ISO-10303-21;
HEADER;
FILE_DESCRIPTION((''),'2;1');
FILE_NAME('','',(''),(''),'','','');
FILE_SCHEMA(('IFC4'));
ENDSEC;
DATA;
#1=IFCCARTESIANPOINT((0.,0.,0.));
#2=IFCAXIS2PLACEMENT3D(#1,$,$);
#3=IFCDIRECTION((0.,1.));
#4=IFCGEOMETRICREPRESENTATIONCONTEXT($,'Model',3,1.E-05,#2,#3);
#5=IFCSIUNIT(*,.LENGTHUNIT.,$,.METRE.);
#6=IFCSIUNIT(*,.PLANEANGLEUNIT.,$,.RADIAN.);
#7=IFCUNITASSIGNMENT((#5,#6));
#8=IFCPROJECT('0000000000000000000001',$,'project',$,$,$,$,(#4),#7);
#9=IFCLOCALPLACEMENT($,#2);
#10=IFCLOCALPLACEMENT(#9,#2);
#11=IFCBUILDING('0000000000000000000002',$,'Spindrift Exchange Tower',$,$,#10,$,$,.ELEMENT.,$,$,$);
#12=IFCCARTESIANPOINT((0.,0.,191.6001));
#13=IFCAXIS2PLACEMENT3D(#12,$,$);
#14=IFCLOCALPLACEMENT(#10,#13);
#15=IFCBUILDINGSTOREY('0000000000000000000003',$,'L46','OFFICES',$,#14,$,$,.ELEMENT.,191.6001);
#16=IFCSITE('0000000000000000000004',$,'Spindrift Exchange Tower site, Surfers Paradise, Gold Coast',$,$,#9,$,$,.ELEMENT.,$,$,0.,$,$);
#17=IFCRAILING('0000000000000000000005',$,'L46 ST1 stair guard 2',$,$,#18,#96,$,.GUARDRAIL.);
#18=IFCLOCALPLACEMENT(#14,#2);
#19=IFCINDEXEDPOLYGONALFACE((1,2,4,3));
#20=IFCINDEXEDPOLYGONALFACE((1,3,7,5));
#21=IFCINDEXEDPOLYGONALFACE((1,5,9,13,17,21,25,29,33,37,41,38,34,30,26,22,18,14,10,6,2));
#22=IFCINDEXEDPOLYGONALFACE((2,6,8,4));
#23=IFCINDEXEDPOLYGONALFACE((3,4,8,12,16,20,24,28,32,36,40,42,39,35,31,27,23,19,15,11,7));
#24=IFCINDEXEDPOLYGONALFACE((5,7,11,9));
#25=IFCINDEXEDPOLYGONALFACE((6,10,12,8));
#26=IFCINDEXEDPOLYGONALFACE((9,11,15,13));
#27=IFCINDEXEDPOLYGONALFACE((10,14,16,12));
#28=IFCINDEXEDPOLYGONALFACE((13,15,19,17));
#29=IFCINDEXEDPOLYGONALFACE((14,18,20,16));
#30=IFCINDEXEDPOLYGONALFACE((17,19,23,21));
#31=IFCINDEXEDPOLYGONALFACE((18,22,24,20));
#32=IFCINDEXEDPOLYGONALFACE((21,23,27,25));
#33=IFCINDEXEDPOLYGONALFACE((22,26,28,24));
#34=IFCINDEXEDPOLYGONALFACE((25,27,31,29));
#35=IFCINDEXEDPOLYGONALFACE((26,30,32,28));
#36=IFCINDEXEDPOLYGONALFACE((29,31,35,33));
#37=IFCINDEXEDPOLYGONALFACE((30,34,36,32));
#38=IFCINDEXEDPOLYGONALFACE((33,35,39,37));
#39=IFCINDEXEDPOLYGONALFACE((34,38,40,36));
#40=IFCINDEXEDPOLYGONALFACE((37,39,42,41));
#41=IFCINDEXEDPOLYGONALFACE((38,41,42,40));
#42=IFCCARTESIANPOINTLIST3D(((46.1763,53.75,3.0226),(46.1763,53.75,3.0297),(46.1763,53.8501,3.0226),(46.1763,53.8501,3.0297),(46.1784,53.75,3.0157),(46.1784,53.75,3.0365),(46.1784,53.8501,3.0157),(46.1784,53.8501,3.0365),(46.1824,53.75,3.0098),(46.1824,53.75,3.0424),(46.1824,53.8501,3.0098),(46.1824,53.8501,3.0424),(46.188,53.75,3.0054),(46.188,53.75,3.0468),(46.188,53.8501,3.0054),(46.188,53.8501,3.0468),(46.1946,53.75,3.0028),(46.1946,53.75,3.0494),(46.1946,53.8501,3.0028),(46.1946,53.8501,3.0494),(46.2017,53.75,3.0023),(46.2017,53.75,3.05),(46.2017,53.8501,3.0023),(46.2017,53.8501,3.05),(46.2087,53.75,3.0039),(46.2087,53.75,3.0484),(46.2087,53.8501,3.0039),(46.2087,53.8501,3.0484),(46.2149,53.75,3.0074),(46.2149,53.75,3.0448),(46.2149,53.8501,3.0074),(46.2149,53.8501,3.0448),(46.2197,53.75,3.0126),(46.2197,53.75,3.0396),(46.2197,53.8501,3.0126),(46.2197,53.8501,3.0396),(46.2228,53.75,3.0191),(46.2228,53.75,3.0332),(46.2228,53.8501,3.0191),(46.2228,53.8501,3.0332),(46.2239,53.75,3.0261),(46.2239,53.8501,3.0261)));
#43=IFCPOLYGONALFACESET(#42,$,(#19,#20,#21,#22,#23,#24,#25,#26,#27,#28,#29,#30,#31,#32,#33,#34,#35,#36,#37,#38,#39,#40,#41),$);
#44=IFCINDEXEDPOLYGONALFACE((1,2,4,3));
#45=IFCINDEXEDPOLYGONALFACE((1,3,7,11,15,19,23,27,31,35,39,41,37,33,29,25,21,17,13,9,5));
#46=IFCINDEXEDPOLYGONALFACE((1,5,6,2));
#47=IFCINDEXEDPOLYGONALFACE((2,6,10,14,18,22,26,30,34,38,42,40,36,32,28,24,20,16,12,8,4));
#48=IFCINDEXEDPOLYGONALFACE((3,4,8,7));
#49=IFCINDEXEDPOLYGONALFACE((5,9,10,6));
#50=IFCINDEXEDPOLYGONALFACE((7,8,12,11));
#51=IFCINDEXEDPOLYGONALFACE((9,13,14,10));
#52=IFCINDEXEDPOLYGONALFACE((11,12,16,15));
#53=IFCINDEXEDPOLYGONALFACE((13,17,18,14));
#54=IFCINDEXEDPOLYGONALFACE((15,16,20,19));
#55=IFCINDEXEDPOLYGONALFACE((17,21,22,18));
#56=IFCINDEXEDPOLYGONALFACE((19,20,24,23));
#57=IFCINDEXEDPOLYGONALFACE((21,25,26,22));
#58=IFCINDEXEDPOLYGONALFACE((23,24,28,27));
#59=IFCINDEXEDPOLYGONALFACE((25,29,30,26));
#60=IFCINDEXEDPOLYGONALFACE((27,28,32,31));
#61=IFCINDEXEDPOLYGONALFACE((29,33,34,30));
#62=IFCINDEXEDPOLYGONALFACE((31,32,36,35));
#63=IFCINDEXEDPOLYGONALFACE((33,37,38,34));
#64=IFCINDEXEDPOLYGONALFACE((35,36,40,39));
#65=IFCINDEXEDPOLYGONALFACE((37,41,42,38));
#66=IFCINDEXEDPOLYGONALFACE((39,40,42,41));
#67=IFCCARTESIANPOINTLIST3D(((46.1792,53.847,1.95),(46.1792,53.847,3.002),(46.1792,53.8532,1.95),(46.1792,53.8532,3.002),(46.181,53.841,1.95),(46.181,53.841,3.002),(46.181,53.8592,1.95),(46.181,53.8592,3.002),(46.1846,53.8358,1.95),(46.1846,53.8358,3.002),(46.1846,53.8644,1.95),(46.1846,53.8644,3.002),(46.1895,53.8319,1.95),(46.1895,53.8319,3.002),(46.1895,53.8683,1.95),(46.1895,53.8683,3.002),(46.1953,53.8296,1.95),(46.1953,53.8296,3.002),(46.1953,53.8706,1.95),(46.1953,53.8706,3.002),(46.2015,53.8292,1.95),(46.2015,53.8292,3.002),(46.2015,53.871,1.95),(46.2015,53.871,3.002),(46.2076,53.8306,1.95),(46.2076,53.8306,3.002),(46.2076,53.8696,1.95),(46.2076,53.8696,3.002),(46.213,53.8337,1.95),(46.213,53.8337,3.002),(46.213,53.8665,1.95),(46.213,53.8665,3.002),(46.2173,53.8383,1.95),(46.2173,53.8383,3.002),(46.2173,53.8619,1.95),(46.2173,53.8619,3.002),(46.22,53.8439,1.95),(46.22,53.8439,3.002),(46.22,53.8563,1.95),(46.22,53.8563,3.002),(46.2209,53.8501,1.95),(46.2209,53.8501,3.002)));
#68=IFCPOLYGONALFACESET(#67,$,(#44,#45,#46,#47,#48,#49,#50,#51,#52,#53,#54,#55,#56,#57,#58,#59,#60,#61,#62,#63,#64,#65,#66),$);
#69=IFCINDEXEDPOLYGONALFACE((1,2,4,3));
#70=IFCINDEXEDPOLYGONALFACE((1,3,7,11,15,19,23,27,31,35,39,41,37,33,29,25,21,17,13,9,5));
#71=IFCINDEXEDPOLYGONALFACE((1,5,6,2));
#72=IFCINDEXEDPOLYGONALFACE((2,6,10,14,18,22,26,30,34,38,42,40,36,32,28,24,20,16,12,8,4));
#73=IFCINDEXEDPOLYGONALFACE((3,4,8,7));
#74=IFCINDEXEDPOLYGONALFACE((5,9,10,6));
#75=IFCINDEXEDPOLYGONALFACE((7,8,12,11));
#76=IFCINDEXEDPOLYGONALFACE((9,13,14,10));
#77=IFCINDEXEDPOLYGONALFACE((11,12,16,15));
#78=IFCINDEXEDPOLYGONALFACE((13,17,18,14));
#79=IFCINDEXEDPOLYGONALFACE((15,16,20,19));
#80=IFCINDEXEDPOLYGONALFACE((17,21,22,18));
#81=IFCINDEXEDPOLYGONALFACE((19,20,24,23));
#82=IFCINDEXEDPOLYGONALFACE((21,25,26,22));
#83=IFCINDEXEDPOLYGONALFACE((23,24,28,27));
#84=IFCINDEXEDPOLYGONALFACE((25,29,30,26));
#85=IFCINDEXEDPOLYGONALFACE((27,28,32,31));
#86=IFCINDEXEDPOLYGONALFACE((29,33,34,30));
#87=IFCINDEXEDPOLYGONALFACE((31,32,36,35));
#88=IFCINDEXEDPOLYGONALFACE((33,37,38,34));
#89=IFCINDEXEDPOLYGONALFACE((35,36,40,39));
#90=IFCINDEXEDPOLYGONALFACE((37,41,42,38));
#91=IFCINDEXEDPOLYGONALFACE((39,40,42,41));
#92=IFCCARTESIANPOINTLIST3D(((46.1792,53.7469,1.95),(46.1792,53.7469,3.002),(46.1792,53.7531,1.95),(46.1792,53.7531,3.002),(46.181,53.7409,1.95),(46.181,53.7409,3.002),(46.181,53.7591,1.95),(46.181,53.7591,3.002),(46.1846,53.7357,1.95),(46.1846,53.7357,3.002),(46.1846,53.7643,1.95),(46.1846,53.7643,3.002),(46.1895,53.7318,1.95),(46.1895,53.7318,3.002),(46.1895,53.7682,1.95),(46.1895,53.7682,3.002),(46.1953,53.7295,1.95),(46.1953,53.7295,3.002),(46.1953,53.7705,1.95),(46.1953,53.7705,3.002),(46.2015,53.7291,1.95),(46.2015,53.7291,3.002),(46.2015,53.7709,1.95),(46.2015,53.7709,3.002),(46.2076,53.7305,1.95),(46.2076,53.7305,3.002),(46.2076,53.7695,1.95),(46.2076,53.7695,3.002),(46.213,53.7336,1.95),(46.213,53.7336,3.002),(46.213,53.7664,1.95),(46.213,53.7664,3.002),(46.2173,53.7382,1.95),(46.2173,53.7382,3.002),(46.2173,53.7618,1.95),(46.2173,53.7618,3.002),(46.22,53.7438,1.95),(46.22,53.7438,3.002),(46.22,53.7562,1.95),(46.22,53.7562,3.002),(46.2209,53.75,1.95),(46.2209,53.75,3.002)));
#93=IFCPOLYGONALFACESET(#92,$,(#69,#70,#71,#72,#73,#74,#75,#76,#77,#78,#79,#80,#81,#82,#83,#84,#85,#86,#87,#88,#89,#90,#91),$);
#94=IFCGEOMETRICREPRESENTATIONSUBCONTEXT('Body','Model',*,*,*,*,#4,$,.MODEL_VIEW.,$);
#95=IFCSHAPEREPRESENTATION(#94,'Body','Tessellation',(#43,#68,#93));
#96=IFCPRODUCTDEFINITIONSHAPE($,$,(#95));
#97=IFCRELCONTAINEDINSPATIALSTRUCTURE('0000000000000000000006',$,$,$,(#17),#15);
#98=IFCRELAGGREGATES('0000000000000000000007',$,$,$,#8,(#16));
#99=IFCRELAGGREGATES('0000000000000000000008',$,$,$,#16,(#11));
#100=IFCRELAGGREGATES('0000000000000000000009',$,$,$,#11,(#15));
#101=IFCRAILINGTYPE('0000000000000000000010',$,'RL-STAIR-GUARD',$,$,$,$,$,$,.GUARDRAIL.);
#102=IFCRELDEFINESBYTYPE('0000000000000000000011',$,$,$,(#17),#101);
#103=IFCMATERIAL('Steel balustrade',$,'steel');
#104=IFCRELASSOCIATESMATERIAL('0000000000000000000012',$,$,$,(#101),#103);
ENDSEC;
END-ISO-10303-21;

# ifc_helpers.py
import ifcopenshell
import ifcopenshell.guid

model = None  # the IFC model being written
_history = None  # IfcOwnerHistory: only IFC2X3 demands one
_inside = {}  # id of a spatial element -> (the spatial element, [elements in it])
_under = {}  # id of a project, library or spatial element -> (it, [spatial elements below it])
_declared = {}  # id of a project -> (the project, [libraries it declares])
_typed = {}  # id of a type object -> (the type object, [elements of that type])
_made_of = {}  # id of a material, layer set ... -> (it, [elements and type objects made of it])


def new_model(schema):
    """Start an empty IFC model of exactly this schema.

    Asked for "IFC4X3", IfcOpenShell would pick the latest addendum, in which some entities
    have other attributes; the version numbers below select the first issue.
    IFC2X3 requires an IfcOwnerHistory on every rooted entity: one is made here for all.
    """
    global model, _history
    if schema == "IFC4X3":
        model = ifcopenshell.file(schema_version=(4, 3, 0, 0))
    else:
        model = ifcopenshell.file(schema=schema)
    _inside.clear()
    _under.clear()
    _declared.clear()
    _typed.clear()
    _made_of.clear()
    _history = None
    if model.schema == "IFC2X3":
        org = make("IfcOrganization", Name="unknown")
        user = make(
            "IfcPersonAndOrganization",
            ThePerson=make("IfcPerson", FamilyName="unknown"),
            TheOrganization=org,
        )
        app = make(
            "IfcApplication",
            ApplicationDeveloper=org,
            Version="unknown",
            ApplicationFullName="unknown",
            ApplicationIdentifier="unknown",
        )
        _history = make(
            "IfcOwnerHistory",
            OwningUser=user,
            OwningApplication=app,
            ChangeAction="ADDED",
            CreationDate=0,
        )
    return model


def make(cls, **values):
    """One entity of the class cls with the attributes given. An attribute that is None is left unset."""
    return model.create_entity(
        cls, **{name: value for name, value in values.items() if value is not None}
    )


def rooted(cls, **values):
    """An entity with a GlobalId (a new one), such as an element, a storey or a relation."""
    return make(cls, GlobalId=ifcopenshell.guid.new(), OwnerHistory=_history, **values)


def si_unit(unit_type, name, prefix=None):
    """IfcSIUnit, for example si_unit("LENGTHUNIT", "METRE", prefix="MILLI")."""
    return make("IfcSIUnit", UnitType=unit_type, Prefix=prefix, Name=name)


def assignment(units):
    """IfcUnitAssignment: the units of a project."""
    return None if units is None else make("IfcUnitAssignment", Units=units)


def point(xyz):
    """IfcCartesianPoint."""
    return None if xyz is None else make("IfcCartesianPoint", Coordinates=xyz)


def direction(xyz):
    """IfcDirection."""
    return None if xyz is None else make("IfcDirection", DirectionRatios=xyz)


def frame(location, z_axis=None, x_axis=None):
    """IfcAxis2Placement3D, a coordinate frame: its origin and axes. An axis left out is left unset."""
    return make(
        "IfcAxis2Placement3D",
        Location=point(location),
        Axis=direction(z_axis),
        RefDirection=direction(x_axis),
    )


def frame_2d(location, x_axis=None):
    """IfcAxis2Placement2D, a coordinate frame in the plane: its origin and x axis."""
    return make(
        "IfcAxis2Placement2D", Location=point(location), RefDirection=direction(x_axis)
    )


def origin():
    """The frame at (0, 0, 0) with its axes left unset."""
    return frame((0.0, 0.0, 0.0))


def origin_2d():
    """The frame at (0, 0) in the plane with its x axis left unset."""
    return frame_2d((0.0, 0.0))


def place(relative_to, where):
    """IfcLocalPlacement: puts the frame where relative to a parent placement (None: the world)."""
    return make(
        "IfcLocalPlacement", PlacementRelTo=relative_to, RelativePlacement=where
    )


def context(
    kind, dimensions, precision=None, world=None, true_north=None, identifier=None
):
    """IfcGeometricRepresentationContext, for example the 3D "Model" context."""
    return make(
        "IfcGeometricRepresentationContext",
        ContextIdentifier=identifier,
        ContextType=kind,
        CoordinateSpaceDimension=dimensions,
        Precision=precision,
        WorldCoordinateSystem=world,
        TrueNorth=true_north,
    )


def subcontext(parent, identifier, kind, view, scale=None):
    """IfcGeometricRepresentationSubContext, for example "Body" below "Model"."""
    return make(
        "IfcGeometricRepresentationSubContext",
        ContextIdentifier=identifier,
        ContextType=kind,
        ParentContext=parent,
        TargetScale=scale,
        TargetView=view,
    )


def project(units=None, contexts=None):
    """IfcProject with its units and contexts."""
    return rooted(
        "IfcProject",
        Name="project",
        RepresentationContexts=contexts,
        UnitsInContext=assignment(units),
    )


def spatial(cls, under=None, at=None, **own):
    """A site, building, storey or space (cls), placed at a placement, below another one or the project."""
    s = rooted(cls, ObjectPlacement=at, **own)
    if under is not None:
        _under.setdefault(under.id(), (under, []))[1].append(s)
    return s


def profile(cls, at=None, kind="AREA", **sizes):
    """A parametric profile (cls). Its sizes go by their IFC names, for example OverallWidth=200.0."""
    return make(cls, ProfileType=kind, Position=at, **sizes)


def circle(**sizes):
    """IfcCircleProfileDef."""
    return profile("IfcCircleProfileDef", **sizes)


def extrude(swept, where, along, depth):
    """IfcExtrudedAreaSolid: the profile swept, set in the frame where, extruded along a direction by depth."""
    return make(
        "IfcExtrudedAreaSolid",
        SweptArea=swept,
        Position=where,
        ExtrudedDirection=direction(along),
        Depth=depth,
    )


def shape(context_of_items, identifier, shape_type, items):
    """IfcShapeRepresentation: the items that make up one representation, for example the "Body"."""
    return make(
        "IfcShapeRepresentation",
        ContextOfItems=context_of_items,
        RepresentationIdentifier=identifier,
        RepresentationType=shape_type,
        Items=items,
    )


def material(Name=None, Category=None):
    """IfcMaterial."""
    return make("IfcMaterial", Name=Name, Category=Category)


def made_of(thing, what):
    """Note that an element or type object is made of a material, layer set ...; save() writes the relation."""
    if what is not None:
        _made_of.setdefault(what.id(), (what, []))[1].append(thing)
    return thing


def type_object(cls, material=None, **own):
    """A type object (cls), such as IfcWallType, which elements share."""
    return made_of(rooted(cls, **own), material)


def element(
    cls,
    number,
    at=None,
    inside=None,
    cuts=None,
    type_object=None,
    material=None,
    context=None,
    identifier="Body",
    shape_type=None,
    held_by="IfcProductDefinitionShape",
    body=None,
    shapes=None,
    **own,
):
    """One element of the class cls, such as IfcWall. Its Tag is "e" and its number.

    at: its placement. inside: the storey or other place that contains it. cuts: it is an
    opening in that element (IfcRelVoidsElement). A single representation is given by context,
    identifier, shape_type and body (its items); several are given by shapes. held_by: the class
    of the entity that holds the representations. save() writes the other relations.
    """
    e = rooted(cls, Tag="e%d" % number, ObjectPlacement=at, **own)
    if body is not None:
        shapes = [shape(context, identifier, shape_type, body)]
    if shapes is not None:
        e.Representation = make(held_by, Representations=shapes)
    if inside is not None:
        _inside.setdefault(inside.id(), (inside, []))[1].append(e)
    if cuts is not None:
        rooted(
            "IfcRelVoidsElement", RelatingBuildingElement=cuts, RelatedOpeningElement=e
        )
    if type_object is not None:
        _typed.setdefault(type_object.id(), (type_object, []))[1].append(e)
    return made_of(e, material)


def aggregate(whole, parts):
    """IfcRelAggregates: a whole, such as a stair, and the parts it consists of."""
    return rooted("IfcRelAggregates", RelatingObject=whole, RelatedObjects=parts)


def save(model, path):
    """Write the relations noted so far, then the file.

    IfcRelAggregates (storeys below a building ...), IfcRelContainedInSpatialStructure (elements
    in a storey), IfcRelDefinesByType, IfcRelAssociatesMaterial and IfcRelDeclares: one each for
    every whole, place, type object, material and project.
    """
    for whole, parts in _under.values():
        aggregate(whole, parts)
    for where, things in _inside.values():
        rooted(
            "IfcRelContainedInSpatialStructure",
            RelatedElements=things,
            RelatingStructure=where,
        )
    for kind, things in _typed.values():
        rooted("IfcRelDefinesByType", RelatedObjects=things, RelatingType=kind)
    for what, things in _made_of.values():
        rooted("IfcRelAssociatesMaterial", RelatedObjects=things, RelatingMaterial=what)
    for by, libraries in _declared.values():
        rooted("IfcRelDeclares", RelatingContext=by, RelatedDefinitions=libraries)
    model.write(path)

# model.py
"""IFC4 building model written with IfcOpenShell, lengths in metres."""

from ifc_helpers import new_model, si_unit, direction, frame, origin, origin_2d, place, context, subcontext, project, spatial, circle, extrude, material, type_object, element, save


model = new_model("IFC4")

# Units and contexts
model_context = context("Model", 3, precision=1e-05, world=origin(), true_north=direction((0.0, 1.0)))
body_context = subcontext(model_context, "Body", "Model", "MODEL_VIEW")
ifc_project = project(units=[si_unit("LENGTHUNIT", "METRE"), si_unit("PLANEANGLEUNIT", "RADIAN")], contexts=[model_context])

# Site, building, storey
site_placement = place(None, origin())
site = spatial("IfcSite", under=ifc_project, at=site_placement, Name="Spindrift Exchange Tower site, Surfers Paradise, Gold Coast", CompositionType="ELEMENT", RefElevation=0.0)
building_placement = place(site_placement, origin())
building = spatial("IfcBuilding", under=site, at=building_placement, Name="Spindrift Exchange Tower", CompositionType="ELEMENT")
storey_placement = place(building_placement, frame((0.0, 0.0, 191.6001)))
storey = spatial("IfcBuildingStorey", under=building, at=storey_placement, Name="L46", Description="OFFICES", CompositionType="ELEMENT", Elevation=191.6001)

# Railing
ifc_material_1 = material(Name="Steel balustrade", Category="steel")
railing_type_1 = type_object("IfcRailingType", Name="RL-STAIR-GUARD", PredefinedType="GUARDRAIL", material=ifc_material_1)
railing_1_placement = place(storey_placement, frame((46.2, 53.8501, 1.95)))
element("IfcRailing", 1, at=railing_1_placement, inside=storey, type_object=railing_type_1, Name="L46 ST1 stair guard 2", PredefinedType="GUARDRAIL", context=body_context, shape_type="SweptSolid", body=[
    extrude(circle(Radius=0.0239, at=origin_2d()), frame((0.0, 0.0, 1.0762), z_axis=(0.0, -1.0, 0.0), x_axis=(1.0, 0.0, 0.0)), (0.0, 0.0, 1.0), 0.1001),
    extrude(circle(Radius=0.021, at=origin_2d()), origin(), (0.0, 0.0, 1.0), 1.052),
    extrude(circle(Radius=0.021, at=origin_2d()), frame((0.0, -0.1001, 0.0)), (0.0, 0.0, 1.0), 1.052),
])

save(model, "model.ifc")
